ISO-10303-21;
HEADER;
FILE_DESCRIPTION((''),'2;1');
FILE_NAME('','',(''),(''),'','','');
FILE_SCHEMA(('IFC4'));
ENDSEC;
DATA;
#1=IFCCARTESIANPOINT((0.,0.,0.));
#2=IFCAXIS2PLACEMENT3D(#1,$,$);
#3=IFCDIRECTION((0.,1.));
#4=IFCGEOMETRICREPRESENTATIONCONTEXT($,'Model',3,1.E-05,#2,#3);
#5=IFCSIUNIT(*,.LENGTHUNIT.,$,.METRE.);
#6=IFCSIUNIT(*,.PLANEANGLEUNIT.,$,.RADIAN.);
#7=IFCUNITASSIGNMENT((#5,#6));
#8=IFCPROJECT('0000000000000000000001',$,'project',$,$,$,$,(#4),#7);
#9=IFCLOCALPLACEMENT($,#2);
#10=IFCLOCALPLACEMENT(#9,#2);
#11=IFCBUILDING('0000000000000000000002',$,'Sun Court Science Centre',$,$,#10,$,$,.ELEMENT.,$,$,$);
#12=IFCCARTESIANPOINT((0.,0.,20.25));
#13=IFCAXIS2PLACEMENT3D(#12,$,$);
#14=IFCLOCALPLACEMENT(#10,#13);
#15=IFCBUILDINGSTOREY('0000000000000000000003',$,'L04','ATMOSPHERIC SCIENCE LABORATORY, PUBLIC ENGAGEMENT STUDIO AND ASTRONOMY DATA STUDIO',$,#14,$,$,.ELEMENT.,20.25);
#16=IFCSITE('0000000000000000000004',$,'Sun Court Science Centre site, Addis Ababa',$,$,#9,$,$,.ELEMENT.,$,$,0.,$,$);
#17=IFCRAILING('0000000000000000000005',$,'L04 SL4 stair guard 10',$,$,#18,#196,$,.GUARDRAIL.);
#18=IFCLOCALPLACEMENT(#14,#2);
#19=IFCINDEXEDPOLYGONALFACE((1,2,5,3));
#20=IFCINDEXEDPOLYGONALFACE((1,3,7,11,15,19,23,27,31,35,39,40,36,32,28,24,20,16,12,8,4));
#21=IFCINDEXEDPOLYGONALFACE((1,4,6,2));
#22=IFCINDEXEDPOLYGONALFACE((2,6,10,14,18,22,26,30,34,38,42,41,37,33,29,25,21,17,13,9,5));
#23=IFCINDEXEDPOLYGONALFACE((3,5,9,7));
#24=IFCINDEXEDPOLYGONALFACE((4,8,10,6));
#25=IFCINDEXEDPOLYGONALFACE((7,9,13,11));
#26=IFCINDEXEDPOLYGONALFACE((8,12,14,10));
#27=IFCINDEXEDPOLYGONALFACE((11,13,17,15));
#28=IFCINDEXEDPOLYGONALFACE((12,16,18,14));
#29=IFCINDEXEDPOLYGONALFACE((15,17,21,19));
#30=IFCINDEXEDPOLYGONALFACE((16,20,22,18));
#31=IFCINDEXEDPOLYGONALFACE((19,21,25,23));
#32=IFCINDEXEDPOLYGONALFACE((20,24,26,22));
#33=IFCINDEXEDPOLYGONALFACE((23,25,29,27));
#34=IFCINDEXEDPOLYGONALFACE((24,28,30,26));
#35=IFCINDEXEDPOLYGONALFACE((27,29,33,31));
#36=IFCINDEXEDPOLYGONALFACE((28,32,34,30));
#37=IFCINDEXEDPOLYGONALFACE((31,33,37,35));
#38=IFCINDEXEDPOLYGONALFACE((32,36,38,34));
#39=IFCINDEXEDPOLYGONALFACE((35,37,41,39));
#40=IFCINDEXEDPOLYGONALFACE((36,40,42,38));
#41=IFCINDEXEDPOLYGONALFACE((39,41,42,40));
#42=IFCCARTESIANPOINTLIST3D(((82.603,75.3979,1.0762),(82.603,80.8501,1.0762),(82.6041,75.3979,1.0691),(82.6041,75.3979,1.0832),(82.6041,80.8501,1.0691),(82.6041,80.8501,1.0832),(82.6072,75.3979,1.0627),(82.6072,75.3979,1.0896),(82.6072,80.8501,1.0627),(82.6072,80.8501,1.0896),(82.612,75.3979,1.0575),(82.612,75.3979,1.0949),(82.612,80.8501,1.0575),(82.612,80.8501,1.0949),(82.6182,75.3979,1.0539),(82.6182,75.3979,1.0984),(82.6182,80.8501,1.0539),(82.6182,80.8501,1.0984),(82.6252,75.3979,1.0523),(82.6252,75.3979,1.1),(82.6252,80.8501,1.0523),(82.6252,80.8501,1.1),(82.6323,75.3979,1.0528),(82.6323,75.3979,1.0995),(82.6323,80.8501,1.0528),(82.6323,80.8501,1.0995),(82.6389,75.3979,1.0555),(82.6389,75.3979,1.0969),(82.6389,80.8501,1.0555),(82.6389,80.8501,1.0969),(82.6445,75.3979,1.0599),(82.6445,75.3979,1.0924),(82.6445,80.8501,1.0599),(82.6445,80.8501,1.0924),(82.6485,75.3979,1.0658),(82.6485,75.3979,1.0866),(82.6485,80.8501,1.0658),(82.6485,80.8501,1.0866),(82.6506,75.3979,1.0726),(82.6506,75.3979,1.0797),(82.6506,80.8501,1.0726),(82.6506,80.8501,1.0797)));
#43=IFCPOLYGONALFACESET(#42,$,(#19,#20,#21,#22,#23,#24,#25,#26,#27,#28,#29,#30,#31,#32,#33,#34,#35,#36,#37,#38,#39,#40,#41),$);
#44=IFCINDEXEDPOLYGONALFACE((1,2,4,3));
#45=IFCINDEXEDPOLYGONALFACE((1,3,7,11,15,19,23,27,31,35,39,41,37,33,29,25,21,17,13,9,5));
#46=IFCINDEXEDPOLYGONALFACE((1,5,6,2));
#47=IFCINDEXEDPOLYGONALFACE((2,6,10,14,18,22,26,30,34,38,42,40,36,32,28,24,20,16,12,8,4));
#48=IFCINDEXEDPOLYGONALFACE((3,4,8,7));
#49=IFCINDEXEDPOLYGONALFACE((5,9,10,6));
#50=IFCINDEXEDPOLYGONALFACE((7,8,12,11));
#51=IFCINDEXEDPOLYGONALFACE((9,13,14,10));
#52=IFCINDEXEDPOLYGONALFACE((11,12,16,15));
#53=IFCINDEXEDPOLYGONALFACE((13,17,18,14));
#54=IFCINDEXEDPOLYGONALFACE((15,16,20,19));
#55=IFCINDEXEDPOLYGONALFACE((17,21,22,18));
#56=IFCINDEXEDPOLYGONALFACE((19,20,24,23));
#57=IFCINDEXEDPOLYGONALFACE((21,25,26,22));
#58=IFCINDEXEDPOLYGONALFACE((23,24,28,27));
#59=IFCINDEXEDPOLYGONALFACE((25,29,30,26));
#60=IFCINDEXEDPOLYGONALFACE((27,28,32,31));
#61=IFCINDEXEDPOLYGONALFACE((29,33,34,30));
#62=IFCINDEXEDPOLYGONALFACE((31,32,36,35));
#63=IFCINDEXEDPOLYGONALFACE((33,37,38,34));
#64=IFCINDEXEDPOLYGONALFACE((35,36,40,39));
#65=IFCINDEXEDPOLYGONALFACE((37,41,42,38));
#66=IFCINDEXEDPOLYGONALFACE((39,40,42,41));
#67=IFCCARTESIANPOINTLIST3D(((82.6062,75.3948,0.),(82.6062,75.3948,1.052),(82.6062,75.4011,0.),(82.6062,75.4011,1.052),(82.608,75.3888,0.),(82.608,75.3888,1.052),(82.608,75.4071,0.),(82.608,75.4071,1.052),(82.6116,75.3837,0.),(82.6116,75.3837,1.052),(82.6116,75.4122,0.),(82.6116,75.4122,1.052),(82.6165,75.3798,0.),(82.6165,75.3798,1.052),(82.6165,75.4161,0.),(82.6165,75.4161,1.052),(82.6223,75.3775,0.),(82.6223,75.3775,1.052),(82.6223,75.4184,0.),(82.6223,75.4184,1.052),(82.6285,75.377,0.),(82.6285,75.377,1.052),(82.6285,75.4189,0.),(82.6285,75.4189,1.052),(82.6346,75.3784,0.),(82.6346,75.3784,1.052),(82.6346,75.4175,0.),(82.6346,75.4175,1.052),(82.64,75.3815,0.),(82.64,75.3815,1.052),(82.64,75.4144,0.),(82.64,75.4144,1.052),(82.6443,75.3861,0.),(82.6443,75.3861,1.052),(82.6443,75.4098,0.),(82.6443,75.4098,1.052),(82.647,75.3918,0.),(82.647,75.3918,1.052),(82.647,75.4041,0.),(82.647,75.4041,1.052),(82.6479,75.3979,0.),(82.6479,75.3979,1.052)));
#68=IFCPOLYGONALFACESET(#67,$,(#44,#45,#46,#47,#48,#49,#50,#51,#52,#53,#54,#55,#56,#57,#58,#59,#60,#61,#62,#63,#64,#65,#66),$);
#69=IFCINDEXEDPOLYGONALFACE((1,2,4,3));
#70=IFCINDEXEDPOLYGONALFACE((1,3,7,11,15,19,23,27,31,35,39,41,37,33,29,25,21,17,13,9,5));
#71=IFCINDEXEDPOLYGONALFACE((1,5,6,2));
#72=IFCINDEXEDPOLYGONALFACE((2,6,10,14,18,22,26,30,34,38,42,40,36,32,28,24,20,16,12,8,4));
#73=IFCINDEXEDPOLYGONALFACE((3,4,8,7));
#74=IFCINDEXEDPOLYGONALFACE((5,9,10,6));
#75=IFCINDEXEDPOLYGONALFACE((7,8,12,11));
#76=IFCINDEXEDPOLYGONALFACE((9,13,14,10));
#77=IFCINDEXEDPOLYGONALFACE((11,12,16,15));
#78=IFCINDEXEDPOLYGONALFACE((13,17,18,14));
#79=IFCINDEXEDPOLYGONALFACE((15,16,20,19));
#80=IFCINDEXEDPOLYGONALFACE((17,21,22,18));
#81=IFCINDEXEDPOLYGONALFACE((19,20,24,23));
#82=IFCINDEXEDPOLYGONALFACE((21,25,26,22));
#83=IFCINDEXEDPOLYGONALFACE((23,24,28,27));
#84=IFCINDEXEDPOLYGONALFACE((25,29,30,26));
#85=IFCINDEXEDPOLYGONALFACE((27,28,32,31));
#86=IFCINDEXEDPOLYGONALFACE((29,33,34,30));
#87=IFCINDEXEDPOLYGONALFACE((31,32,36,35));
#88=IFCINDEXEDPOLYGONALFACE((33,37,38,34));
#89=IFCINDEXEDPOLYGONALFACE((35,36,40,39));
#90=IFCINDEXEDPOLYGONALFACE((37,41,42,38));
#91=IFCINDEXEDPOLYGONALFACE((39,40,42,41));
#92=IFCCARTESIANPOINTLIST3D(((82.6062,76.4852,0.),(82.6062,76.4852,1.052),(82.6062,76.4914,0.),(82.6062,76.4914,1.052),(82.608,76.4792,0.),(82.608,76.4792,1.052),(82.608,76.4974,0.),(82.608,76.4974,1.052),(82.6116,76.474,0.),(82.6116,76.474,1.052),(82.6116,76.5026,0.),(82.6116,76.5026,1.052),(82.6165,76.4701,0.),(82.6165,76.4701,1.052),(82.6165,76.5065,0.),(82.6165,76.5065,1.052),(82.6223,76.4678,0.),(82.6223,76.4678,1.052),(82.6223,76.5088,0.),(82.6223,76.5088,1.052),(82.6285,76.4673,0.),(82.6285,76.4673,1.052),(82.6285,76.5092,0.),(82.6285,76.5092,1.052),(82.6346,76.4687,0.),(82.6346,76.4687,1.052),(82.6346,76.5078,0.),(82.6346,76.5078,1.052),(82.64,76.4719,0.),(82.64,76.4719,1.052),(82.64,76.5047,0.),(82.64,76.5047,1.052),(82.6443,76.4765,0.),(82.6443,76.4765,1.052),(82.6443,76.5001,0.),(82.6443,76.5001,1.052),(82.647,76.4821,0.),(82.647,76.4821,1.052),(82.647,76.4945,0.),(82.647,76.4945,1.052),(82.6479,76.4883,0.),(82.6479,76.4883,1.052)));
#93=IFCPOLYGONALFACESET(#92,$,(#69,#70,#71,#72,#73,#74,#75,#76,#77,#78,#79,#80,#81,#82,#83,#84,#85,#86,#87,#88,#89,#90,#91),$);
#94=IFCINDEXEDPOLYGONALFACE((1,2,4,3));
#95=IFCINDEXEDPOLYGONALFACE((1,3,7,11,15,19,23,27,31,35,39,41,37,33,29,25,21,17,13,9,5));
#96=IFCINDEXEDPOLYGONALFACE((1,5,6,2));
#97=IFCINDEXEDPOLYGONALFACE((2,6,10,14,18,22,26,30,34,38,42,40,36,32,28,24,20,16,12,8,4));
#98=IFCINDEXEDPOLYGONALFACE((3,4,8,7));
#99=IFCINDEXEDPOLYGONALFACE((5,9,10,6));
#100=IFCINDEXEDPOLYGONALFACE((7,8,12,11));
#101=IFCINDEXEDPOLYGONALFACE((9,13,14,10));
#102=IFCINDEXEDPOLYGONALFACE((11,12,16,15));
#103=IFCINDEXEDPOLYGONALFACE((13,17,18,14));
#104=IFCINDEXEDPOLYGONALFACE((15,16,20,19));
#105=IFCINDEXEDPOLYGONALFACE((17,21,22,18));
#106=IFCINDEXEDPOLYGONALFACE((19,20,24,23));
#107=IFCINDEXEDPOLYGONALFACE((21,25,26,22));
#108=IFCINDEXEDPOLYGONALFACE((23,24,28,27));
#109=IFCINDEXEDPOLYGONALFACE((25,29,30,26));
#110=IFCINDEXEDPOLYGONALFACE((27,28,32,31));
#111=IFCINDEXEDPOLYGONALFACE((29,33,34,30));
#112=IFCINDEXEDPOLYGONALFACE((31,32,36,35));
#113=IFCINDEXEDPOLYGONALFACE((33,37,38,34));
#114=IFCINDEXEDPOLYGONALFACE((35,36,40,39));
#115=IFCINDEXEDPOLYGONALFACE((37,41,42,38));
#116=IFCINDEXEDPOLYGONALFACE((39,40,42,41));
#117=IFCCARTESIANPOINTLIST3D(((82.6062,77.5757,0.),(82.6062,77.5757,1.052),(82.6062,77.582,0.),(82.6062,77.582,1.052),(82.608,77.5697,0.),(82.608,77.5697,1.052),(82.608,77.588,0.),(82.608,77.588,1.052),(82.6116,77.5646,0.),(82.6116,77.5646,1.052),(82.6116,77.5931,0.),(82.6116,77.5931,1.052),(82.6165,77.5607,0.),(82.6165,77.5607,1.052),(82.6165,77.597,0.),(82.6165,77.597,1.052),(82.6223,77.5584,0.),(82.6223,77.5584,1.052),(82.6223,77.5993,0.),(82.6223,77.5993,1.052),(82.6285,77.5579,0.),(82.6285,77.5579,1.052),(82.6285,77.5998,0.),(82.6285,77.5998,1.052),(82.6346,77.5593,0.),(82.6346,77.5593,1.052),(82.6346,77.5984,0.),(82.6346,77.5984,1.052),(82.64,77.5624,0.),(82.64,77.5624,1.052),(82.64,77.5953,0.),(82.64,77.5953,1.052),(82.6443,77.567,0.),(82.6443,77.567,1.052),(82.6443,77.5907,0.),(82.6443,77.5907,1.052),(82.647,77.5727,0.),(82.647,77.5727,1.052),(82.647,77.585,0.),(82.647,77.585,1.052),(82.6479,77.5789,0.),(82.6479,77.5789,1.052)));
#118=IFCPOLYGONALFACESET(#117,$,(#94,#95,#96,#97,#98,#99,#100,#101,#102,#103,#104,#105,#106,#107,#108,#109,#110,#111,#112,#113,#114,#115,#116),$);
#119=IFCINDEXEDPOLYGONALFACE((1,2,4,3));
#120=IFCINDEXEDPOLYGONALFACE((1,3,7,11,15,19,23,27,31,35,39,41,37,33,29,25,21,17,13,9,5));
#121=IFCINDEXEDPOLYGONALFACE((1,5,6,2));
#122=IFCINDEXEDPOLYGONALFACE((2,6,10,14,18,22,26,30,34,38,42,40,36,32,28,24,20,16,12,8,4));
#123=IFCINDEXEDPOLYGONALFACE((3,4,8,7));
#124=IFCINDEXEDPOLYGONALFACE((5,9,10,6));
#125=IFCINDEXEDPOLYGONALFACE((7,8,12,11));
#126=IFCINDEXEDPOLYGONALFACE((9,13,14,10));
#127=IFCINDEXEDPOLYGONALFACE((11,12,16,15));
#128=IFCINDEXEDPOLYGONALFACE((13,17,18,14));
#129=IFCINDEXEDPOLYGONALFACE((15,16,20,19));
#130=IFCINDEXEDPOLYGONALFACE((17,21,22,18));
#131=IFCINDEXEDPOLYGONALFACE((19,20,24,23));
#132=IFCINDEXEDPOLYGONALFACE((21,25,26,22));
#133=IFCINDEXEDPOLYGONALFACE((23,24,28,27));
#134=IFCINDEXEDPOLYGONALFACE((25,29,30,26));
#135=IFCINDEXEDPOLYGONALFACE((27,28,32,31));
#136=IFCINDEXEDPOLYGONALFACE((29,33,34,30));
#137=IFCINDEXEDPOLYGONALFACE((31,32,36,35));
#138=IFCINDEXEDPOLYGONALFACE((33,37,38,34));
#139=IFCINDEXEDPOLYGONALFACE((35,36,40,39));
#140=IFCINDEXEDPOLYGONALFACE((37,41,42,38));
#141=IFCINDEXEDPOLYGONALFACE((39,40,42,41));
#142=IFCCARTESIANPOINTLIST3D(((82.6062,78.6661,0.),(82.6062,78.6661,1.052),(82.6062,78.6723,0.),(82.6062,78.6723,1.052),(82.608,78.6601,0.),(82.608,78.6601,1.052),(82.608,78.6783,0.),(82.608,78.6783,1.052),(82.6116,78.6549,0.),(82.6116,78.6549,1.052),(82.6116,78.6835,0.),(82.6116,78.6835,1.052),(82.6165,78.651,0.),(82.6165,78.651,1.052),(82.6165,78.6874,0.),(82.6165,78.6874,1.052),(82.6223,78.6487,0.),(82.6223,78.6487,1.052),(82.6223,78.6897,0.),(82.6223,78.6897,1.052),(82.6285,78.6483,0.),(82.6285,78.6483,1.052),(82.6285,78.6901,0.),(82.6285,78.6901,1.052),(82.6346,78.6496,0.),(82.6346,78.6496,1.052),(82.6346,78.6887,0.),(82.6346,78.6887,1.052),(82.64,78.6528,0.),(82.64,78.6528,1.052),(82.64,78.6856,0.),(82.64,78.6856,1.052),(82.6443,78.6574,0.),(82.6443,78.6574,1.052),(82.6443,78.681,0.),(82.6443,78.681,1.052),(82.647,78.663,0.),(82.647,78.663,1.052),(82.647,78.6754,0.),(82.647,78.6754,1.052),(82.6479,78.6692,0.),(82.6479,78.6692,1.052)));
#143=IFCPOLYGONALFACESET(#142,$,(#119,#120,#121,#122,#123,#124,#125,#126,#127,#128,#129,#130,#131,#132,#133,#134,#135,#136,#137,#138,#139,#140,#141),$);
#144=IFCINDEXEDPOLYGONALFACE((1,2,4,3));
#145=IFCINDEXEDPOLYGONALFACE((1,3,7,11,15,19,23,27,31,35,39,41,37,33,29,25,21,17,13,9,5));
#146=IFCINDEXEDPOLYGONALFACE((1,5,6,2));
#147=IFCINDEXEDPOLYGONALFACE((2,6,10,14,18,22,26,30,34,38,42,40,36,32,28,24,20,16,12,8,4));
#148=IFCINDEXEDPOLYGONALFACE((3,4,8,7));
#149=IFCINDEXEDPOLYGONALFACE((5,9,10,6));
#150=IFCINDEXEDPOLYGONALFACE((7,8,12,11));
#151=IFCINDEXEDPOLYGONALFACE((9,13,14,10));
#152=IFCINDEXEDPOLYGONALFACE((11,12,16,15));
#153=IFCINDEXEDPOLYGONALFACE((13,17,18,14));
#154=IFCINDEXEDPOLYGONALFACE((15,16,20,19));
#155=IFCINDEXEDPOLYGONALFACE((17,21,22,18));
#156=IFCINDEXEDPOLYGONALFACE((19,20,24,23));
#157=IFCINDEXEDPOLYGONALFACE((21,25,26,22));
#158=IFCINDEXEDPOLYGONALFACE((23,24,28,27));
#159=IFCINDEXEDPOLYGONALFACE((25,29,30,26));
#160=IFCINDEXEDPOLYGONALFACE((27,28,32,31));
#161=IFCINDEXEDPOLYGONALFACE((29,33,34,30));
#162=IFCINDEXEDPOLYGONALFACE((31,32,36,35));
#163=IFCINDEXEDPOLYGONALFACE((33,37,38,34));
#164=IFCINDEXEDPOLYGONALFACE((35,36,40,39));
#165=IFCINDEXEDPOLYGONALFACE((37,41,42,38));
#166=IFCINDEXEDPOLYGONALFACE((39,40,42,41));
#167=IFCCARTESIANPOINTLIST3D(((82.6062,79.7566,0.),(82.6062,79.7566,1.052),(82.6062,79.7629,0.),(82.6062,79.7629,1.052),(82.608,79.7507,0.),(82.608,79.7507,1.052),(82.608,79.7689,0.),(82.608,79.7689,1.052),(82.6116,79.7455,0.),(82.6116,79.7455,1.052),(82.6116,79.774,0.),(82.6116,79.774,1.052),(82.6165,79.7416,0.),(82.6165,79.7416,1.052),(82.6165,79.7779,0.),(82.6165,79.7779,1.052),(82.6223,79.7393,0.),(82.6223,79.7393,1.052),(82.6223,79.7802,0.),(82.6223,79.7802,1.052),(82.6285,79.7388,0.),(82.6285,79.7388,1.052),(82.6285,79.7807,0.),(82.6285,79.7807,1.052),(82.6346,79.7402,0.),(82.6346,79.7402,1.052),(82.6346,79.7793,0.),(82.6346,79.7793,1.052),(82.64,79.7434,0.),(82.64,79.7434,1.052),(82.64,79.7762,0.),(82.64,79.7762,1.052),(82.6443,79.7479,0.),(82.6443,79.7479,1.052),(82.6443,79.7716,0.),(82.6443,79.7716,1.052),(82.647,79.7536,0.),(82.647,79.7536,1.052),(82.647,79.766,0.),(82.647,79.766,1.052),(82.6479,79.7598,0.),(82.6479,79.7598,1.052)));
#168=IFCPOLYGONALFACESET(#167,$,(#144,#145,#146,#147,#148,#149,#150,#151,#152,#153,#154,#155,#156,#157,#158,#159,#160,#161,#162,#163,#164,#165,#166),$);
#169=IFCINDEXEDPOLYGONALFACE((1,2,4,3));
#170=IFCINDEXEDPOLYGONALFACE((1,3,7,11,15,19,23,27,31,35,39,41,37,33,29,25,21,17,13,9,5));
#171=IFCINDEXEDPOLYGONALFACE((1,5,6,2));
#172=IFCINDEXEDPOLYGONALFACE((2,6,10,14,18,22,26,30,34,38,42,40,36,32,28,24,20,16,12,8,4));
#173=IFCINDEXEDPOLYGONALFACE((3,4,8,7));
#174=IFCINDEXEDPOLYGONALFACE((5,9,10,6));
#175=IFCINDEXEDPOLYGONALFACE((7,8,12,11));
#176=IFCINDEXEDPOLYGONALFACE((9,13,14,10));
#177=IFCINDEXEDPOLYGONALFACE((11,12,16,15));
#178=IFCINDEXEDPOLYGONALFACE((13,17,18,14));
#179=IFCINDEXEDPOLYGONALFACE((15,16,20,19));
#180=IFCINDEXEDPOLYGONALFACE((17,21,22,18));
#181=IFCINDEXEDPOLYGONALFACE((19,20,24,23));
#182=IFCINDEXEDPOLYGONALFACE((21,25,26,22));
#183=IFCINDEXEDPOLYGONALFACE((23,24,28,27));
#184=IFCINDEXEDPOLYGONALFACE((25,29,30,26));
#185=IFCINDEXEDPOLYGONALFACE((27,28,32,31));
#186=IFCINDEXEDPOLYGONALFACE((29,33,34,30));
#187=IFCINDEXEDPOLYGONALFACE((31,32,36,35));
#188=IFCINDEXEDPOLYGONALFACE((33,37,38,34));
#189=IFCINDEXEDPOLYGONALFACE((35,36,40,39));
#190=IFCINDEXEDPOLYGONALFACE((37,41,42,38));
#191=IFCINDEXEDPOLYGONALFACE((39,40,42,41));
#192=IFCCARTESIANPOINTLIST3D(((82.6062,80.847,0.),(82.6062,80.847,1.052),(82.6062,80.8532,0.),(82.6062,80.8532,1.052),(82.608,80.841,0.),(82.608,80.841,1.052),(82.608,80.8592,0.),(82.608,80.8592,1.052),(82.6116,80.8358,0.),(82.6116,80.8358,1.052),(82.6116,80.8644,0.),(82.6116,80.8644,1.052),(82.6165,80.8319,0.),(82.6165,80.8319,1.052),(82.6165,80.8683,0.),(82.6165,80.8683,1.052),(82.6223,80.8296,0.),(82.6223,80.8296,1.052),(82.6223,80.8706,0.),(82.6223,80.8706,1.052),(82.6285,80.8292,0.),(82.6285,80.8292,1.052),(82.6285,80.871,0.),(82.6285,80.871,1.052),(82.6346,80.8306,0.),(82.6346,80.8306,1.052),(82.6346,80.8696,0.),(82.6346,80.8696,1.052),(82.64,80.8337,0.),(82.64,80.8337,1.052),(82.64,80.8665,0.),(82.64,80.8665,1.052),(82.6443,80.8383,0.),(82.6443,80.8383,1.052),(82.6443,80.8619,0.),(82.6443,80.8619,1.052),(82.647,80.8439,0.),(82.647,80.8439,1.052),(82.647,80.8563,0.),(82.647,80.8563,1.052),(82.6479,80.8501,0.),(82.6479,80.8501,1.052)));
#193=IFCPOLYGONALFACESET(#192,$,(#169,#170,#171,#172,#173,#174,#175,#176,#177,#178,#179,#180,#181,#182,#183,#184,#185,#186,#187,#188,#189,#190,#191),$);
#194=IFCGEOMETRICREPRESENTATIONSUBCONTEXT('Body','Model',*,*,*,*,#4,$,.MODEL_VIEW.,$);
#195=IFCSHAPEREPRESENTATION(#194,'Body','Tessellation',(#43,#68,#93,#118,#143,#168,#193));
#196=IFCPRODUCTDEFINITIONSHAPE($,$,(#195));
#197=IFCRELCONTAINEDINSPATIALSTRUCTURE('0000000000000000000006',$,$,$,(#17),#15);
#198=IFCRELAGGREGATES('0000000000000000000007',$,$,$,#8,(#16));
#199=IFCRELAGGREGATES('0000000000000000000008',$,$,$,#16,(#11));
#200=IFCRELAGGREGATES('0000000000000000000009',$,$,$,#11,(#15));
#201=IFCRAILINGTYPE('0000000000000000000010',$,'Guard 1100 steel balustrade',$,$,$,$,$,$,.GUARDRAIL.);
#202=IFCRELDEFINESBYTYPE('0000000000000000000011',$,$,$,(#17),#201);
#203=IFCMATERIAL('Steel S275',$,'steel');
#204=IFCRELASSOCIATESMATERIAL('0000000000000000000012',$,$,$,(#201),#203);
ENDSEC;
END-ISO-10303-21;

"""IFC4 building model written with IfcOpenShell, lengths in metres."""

from ifc_helpers import new_model, si_unit, direction, frame, origin, origin_2d, place, context, subcontext, project, spatial, circle, extrude, material, type_object, element, save


model = new_model("IFC4")

# Units and contexts
model_context = context("Model", 3, precision=1e-05, world=origin(), true_north=direction((0.0, 1.0)))
body_context = subcontext(model_context, "Body", "Model", "MODEL_VIEW")
ifc_project = project(units=[si_unit("LENGTHUNIT", "METRE"), si_unit("PLANEANGLEUNIT", "RADIAN")], contexts=[model_context])

# Site, building, storey
site_placement = place(None, origin())
site = spatial("IfcSite", under=ifc_project, at=site_placement, Name="Sun Court Science Centre site, Addis Ababa", CompositionType="ELEMENT", RefElevation=0.0)
building_placement = place(site_placement, origin())
building = spatial("IfcBuilding", under=site, at=building_placement, Name="Sun Court Science Centre", CompositionType="ELEMENT")
storey_placement = place(building_placement, frame((0.0, 0.0, 20.25)))
storey = spatial("IfcBuildingStorey", under=building, at=storey_placement, Name="L04", Description="ATMOSPHERIC SCIENCE LABORATORY, PUBLIC ENGAGEMENT STUDIO AND ASTRONOMY DATA STUDIO", CompositionType="ELEMENT", Elevation=20.25)

# Railing
ifc_material_1 = material(Name="Steel S275", Category="steel")
railing_type_1 = type_object("IfcRailingType", Name="Guard 1100 steel balustrade", PredefinedType="GUARDRAIL", material=ifc_material_1)
for number, where, name in (
    (1, (82.627, 75.3979, 0.0), "L04 SL4 stair guard 10"),
):
    element("IfcRailing", number, at=place(storey_placement, frame(where)), inside=storey, type_object=railing_type_1, Name=name, PredefinedType="GUARDRAIL", context=body_context, shape_type="SweptSolid", body=[
        extrude(circle(Radius=0.0239, at=origin_2d()), frame((0.0, 0.0, 1.0762), z_axis=(0.0, 1.0, 0.0), x_axis=(-1.0, 0.0, 0.0)), (0.0, 0.0, 1.0), 5.4521),
        extrude(circle(Radius=0.021, at=origin_2d()), origin(), (0.0, 0.0, 1.0), 1.052),
        extrude(circle(Radius=0.021, at=origin_2d()), frame((0.0, 1.0903, 0.0)), (0.0, 0.0, 1.0), 1.052),
        extrude(circle(Radius=0.021, at=origin_2d()), frame((0.0, 2.1809, 0.0)), (0.0, 0.0, 1.0), 1.052),
        extrude(circle(Radius=0.021, at=origin_2d()), frame((0.0, 3.2712, 0.0)), (0.0, 0.0, 1.0), 1.052),
        extrude(circle(Radius=0.021, at=origin_2d()), frame((0.0, 4.3618, 0.0)), (0.0, 0.0, 1.0), 1.052),
        extrude(circle(Radius=0.021, at=origin_2d()), frame((0.0, 5.4521, 0.0)), (0.0, 0.0, 1.0), 1.052),
    ])

save(model, "model.ifc")
